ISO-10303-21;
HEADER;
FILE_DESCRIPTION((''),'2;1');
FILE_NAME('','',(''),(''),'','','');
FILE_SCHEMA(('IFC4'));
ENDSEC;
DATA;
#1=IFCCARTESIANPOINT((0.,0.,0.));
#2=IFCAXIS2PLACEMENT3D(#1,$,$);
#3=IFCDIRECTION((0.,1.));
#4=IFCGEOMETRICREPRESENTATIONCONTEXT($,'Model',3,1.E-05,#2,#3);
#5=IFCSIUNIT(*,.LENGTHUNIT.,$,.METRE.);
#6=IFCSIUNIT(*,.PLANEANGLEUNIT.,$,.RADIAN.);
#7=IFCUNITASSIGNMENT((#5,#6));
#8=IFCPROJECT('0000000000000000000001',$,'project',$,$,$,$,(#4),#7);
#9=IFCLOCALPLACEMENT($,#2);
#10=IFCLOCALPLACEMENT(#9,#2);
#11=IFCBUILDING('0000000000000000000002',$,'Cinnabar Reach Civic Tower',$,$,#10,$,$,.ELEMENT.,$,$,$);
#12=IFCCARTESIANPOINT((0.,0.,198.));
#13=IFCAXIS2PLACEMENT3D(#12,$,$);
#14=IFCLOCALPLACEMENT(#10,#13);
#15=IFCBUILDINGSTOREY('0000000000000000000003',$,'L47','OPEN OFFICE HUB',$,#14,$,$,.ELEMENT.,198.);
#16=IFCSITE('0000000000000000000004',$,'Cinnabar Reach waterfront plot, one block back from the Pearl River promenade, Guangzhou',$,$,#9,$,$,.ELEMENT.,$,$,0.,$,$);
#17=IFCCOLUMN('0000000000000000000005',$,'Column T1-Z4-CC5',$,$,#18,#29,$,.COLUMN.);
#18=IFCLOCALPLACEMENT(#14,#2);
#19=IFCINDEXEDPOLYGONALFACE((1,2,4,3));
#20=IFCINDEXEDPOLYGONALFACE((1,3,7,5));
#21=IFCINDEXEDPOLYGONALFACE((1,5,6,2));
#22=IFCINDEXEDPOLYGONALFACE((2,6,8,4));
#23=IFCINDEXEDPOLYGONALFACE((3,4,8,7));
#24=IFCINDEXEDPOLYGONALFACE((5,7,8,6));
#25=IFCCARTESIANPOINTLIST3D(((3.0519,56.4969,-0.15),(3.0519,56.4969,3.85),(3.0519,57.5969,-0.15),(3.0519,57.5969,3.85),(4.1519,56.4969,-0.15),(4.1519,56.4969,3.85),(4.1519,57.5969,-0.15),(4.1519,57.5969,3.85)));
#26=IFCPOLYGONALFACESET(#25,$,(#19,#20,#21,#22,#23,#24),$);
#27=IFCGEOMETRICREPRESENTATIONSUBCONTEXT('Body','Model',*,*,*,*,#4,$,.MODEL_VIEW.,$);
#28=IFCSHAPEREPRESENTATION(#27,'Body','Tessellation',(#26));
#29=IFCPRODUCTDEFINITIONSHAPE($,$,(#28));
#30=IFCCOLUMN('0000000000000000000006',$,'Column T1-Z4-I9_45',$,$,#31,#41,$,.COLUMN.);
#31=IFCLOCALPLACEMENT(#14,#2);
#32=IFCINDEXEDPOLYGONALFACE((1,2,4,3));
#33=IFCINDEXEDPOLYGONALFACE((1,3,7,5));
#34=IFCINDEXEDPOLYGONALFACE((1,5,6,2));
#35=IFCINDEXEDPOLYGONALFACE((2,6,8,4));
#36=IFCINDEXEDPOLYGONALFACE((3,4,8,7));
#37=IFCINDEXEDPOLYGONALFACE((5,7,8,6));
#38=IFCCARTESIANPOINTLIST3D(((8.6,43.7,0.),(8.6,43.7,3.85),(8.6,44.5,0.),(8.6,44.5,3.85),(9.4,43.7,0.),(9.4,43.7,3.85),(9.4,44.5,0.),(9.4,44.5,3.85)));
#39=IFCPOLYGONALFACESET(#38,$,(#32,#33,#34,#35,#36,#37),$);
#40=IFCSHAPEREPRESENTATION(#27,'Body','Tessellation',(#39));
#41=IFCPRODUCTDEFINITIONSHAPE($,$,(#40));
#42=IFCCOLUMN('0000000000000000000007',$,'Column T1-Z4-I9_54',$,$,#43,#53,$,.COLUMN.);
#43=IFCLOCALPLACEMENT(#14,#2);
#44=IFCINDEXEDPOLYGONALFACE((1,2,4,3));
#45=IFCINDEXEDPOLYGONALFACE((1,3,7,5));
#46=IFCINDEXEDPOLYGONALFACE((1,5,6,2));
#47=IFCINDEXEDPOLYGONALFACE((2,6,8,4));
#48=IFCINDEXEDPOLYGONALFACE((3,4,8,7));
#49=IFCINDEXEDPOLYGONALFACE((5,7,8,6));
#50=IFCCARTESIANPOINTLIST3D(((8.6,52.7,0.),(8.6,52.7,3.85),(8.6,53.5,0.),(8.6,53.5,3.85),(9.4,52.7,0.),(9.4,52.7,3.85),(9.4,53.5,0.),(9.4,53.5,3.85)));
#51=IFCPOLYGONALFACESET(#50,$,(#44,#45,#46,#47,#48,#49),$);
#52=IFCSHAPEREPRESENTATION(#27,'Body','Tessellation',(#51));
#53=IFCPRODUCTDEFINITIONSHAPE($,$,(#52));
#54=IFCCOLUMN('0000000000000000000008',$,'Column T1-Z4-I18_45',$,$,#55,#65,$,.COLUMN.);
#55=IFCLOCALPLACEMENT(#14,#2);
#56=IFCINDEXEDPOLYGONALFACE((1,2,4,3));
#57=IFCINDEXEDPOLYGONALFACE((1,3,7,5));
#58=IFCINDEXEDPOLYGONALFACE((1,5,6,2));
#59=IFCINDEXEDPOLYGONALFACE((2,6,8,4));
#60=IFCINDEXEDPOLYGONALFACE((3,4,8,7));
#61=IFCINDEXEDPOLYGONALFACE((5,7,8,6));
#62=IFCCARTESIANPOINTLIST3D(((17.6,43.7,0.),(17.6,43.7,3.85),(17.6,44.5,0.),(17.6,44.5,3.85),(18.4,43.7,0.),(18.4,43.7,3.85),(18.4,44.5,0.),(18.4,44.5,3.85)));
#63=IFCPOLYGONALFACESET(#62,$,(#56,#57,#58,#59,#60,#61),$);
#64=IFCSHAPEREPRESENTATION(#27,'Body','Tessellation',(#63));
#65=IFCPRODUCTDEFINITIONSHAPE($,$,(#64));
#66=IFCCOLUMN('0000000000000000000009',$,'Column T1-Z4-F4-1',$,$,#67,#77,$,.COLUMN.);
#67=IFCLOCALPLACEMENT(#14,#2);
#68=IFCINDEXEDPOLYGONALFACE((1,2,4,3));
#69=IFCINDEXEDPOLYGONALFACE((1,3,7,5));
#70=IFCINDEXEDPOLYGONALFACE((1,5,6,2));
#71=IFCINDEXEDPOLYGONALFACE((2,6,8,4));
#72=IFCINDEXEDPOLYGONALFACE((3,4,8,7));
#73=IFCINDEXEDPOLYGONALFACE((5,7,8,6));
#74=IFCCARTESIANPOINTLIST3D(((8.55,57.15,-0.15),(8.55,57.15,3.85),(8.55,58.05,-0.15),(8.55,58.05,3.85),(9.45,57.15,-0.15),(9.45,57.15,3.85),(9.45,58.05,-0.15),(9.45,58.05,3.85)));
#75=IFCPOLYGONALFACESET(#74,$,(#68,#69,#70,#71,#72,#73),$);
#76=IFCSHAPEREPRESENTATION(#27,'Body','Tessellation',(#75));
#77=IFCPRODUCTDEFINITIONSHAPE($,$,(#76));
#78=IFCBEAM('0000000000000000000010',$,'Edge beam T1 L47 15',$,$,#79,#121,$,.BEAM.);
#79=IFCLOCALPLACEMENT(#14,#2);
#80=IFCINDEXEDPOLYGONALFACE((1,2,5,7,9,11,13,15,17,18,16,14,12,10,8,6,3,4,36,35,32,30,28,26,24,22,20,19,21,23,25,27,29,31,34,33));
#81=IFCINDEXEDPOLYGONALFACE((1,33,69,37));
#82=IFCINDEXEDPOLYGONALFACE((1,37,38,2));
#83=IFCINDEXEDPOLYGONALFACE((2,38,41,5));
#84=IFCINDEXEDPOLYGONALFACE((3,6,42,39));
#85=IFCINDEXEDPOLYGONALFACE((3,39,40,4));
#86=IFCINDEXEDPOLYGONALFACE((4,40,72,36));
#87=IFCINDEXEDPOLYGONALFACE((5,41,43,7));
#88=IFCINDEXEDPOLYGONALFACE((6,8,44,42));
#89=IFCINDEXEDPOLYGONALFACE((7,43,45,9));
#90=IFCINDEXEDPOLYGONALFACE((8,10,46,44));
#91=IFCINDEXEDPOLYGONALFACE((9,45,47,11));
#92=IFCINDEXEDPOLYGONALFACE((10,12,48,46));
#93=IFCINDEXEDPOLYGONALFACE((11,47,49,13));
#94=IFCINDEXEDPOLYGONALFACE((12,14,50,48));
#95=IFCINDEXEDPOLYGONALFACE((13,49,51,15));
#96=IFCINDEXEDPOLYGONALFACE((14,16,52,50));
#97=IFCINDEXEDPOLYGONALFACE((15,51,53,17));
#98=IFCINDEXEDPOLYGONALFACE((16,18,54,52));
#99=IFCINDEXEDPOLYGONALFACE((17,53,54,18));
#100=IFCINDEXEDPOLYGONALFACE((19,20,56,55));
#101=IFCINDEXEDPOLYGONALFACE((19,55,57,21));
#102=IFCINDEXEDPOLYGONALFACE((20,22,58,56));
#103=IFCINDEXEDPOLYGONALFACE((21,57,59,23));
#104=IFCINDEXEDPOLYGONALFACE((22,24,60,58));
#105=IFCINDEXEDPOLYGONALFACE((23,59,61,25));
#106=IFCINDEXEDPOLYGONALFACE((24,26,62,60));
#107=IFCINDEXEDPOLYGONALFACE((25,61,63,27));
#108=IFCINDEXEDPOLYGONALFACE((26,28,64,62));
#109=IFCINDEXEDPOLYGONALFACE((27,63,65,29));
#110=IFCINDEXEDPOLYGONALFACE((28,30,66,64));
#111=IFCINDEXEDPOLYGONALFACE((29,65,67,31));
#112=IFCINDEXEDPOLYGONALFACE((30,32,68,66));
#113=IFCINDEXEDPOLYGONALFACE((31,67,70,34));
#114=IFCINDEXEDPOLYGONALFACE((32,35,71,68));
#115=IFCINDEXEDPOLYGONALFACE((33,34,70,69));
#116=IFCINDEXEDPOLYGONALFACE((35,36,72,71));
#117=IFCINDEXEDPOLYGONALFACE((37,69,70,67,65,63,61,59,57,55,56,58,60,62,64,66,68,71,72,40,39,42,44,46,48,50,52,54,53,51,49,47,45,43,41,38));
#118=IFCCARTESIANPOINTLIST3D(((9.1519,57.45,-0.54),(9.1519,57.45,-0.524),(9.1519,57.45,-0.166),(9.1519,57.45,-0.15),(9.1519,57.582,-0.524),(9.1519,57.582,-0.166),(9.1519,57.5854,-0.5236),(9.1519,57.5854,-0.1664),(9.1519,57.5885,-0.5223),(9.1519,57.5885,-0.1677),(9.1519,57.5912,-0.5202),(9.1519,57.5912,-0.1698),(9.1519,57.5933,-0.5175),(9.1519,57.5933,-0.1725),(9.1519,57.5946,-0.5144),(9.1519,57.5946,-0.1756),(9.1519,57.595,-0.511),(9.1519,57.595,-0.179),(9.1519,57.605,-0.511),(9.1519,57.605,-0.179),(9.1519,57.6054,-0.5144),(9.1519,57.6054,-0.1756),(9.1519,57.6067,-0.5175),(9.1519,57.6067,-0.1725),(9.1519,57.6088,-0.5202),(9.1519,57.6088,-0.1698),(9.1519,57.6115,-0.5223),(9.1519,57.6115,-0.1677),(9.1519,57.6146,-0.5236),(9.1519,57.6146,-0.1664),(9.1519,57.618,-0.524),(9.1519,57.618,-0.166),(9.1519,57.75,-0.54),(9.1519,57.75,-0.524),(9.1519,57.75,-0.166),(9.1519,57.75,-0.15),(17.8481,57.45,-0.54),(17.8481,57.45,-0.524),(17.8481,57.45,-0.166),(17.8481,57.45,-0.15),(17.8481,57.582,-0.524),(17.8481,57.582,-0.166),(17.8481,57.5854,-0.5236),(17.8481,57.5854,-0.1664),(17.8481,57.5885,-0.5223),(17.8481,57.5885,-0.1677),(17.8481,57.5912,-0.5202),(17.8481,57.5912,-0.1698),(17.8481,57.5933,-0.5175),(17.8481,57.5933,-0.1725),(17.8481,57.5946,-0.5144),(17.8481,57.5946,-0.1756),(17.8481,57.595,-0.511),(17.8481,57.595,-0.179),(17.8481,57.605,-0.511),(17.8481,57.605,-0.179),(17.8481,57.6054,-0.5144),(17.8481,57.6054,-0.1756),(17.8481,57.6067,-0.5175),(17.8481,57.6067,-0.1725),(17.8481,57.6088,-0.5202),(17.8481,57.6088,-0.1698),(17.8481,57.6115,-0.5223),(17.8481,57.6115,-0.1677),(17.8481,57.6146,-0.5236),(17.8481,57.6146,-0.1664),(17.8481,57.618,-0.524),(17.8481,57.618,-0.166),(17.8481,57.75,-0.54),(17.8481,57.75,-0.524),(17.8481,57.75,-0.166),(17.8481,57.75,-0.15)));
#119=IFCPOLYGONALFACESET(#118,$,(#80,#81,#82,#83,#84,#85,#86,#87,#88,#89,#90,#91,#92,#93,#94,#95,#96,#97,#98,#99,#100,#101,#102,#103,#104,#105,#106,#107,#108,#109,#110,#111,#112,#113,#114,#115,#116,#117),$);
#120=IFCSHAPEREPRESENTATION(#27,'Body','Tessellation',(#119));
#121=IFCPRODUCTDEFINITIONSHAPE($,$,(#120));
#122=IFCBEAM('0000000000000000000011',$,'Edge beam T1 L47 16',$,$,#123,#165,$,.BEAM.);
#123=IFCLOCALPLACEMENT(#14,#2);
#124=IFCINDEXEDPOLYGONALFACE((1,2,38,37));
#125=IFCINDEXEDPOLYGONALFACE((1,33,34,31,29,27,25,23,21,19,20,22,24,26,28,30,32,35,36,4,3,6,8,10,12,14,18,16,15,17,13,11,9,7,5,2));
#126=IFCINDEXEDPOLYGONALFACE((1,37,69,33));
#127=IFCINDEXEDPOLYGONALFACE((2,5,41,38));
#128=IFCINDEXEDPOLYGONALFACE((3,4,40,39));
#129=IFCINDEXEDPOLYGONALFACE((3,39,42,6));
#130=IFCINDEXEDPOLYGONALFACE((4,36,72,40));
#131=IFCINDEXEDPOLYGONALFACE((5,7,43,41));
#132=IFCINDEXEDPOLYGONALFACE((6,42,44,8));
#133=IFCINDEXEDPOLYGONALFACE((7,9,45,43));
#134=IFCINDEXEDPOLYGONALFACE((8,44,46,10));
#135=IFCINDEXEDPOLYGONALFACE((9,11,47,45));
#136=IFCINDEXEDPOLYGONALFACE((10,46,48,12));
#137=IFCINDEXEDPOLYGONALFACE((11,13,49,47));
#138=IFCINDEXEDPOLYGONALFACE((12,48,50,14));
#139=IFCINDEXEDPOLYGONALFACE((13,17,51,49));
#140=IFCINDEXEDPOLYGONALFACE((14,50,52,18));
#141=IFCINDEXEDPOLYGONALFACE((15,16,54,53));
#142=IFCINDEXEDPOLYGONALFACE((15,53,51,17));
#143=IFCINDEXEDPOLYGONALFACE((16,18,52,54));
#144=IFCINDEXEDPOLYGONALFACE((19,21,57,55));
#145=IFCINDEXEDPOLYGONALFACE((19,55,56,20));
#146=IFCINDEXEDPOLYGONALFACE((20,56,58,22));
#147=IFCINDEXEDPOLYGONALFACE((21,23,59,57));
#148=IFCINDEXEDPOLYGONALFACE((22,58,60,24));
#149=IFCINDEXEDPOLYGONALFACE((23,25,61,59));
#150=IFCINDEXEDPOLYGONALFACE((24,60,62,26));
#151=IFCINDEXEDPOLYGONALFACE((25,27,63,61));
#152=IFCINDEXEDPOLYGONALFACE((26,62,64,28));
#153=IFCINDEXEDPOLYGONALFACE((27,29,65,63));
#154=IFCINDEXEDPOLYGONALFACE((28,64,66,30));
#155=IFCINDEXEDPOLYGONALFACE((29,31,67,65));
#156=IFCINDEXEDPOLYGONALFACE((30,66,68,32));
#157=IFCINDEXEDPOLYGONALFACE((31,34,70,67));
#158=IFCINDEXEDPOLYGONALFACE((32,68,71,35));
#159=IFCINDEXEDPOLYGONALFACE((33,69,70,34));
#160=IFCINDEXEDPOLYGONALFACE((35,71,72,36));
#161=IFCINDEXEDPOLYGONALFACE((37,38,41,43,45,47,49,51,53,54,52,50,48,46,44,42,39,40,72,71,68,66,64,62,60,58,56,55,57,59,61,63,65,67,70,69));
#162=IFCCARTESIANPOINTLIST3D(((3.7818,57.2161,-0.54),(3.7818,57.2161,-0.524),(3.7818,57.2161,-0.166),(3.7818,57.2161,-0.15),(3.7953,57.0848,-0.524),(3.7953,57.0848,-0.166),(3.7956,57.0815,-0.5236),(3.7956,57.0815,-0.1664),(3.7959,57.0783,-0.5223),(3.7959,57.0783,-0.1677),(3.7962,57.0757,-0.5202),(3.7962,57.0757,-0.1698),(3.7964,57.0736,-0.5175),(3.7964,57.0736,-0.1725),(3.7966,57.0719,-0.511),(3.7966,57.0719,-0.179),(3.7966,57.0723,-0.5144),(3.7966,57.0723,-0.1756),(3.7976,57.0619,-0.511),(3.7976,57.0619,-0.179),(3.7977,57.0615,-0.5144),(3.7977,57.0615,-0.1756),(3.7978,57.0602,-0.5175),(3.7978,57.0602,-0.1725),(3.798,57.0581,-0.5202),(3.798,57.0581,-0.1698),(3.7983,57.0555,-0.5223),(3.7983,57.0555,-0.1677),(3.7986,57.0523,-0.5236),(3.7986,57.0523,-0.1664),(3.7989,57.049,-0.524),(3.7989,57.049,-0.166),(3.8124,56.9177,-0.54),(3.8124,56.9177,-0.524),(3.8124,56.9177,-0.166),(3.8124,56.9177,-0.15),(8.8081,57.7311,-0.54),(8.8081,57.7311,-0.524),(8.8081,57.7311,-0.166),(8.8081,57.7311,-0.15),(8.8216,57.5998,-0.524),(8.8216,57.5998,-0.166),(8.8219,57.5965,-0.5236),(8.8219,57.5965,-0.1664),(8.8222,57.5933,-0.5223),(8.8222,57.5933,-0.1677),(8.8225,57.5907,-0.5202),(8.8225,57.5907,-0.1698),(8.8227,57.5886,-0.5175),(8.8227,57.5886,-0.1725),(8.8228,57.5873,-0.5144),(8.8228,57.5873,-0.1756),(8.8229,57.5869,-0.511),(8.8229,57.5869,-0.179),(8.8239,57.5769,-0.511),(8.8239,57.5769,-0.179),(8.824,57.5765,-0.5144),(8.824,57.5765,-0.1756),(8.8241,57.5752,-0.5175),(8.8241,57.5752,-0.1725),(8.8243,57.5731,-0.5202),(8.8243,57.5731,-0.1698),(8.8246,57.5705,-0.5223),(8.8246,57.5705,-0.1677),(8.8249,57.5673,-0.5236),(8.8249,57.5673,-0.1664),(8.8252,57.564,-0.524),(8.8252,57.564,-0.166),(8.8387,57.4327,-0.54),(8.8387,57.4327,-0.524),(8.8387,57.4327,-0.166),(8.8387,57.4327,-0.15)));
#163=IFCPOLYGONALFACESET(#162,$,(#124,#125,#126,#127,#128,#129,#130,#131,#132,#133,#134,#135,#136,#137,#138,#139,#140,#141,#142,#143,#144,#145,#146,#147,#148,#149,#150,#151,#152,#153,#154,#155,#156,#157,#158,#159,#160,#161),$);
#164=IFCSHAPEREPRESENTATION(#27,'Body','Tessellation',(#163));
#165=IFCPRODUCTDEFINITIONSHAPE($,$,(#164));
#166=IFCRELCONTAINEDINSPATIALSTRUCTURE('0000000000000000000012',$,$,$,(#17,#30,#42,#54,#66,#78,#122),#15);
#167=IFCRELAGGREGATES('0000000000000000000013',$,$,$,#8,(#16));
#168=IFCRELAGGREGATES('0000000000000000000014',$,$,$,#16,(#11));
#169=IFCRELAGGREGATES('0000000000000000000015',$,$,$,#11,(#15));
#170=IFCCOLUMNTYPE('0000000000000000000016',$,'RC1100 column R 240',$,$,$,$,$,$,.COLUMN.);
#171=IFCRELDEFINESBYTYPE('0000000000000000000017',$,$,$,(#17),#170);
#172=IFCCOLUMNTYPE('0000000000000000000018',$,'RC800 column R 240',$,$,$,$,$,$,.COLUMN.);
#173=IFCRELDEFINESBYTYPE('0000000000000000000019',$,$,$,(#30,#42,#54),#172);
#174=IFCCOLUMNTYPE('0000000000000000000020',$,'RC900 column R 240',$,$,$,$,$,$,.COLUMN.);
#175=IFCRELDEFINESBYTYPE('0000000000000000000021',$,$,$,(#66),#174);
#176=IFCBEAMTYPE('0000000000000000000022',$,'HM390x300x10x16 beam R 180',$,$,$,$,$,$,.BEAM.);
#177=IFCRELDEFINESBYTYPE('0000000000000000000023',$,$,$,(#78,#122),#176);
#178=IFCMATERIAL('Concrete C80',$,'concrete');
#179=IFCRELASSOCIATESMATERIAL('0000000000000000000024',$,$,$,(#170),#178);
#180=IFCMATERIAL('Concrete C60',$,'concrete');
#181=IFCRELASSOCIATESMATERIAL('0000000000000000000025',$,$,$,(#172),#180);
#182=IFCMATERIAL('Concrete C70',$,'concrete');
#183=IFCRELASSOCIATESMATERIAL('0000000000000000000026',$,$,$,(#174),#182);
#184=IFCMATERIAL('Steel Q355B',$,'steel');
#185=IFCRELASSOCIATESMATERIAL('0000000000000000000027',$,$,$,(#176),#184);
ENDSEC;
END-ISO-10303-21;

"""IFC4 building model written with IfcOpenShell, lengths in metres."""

from ifc_helpers import new_model, si_unit, direction, frame, origin, origin_2d, place, context, subcontext, project, spatial, rectangle, i_section, extrude, material, material_profile, profile_set, type_object, element, save


model = new_model("IFC4")

# Units and contexts
model_context = context("Model", 3, precision=1e-05, world=origin(), true_north=direction((0.0, 1.0)))
body_context = subcontext(model_context, "Body", "Model", "MODEL_VIEW")
ifc_project = project(units=[si_unit("LENGTHUNIT", "METRE"), si_unit("PLANEANGLEUNIT", "RADIAN")], contexts=[model_context])

# Site, building, storey
site_placement = place(None, origin())
site = spatial("IfcSite", under=ifc_project, at=site_placement, Name="Cinnabar Reach waterfront plot, one block back from the Pearl River promenade, Guangzhou", CompositionType="ELEMENT", RefElevation=0.0)
building_placement = place(site_placement, origin())
building = spatial("IfcBuilding", under=site, at=building_placement, Name="Cinnabar Reach Civic Tower", CompositionType="ELEMENT")
storey_placement = place(building_placement, frame((0.0, 0.0, 198.0)))
storey = spatial("IfcBuildingStorey", under=building, at=storey_placement, Name="L47", Description="OPEN OFFICE HUB", CompositionType="ELEMENT", Elevation=198.0)

# Columns
ifc_material_1 = material(Name="Concrete C80", Category="concrete")
ifc_material_profile_1 = material_profile(ifc_material_1, rectangle(XDim=1.1, YDim=1.1, at=origin_2d()), Name="RC1100")
ifc_profile_set_1 = profile_set([ifc_material_profile_1], Name="Concrete C80")
column_type_1 = type_object("IfcColumnType", Name="RC1100 column R 240", PredefinedType="COLUMN", material=ifc_profile_set_1)
column_1_placement = place(storey_placement, frame((3.6019, 57.0469, -0.15), z_axis=(0.0, 0.0, 1.0), x_axis=(1.0, 0.0, 0.0)))
element("IfcColumn", 1, at=column_1_placement, inside=storey, type_object=column_type_1, Name="Column T1-Z4-CC5", PredefinedType="COLUMN", context=body_context, shape_type="SweptSolid", body=[
    extrude(rectangle(XDim=1.1, YDim=1.1, at=origin_2d()), origin(), (0.0, 0.0, 1.0), 4.0),
])
ifc_material_2 = material(Name="Concrete C60", Category="concrete")
ifc_material_profile_2 = material_profile(ifc_material_2, rectangle(XDim=0.8, YDim=0.8, at=origin_2d()), Name="RC800")
ifc_profile_set_2 = profile_set([ifc_material_profile_2], Name="Concrete C60")
column_type_2 = type_object("IfcColumnType", Name="RC800 column R 240", PredefinedType="COLUMN", material=ifc_profile_set_2)
for number, where, z_axis, x_axis, name in (
    (2, (9.0, 44.1, 0.0), (0.0, 0.0, 1.0), (1.0, 0.0, 0.0), "Column T1-Z4-I9_45"),
    (3, (9.0, 53.1, 0.0), (0.0, 0.0, 1.0), (1.0, 0.0, 0.0), "Column T1-Z4-I9_54"),
    (4, (18.0, 44.1, 0.0), (0.0, 0.0, 1.0), (1.0, 0.0, 0.0), "Column T1-Z4-I18_45"),
):
    element("IfcColumn", number, at=place(storey_placement, frame(where, z_axis=z_axis, x_axis=x_axis)), inside=storey, type_object=column_type_2, Name=name, PredefinedType="COLUMN", context=body_context, shape_type="SweptSolid", body=[
        extrude(rectangle(XDim=0.8, YDim=0.8, at=origin_2d()), origin(), (0.0, 0.0, 1.0), 3.85),
    ])
ifc_material_3 = material(Name="Concrete C70", Category="concrete")
ifc_material_profile_3 = material_profile(ifc_material_3, rectangle(XDim=0.9, YDim=0.9, at=origin_2d()), Name="RC900")
ifc_profile_set_3 = profile_set([ifc_material_profile_3], Name="Concrete C70")
column_type_3 = type_object("IfcColumnType", Name="RC900 column R 240", PredefinedType="COLUMN", material=ifc_profile_set_3)
column_2_placement = place(storey_placement, frame((9.0, 57.6, -0.15), z_axis=(0.0, 0.0, 1.0), x_axis=(1.0, 0.0, 0.0)))
element("IfcColumn", 5, at=column_2_placement, inside=storey, type_object=column_type_3, Name="Column T1-Z4-F4-1", PredefinedType="COLUMN", context=body_context, shape_type="SweptSolid", body=[
    extrude(rectangle(XDim=0.9, YDim=0.9, at=origin_2d()), origin(), (0.0, 0.0, 1.0), 4.0),
])

# Beams
ifc_material_4 = material(Name="Steel Q355B", Category="steel")
ifc_material_profile_4 = material_profile(ifc_material_4, i_section(OverallWidth=0.3, OverallDepth=0.39, WebThickness=0.01, FlangeThickness=0.016, FilletRadius=0.013, at=origin_2d()), Name="HM390x300x10x16")
ifc_profile_set_4 = profile_set([ifc_material_profile_4], Name="Steel Q355B")
beam_type_1 = type_object("IfcBeamType", Name="HM390x300x10x16 beam R 180", PredefinedType="BEAM", material=ifc_profile_set_4)
beam_1_placement = place(storey_placement, frame((17.8481, 57.6, -0.345), z_axis=(-1.0, 0.0, 0.0), x_axis=(0.0, -1.0, 0.0)))
element("IfcBeam", 6, at=beam_1_placement, inside=storey, type_object=beam_type_1, Name="Edge beam T1 L47 15", PredefinedType="BEAM", context=body_context, shape_type="SweptSolid", body=[
    extrude(i_section(OverallWidth=0.3, OverallDepth=0.39, WebThickness=0.01, FlangeThickness=0.016, FilletRadius=0.013, at=origin_2d()), origin(), (0.0, 0.0, 1.0), 8.6962),
])
beam_2_placement = place(storey_placement, frame((8.8234, 57.5819, -0.345), z_axis=(-0.994792, -0.101927, 0.0), x_axis=(0.101927, -0.994792, 0.0)))
element("IfcBeam", 7, at=beam_2_placement, inside=storey, type_object=beam_type_1, Name="Edge beam T1 L47 16", PredefinedType="BEAM", context=body_context, shape_type="SweptSolid", body=[
    extrude(i_section(OverallWidth=0.3, OverallDepth=0.39, WebThickness=0.01, FlangeThickness=0.016, FilletRadius=0.013, at=origin_2d()), origin(), (0.0, 0.0, 1.0), 5.0526),
])

save(model, "model.ifc")
